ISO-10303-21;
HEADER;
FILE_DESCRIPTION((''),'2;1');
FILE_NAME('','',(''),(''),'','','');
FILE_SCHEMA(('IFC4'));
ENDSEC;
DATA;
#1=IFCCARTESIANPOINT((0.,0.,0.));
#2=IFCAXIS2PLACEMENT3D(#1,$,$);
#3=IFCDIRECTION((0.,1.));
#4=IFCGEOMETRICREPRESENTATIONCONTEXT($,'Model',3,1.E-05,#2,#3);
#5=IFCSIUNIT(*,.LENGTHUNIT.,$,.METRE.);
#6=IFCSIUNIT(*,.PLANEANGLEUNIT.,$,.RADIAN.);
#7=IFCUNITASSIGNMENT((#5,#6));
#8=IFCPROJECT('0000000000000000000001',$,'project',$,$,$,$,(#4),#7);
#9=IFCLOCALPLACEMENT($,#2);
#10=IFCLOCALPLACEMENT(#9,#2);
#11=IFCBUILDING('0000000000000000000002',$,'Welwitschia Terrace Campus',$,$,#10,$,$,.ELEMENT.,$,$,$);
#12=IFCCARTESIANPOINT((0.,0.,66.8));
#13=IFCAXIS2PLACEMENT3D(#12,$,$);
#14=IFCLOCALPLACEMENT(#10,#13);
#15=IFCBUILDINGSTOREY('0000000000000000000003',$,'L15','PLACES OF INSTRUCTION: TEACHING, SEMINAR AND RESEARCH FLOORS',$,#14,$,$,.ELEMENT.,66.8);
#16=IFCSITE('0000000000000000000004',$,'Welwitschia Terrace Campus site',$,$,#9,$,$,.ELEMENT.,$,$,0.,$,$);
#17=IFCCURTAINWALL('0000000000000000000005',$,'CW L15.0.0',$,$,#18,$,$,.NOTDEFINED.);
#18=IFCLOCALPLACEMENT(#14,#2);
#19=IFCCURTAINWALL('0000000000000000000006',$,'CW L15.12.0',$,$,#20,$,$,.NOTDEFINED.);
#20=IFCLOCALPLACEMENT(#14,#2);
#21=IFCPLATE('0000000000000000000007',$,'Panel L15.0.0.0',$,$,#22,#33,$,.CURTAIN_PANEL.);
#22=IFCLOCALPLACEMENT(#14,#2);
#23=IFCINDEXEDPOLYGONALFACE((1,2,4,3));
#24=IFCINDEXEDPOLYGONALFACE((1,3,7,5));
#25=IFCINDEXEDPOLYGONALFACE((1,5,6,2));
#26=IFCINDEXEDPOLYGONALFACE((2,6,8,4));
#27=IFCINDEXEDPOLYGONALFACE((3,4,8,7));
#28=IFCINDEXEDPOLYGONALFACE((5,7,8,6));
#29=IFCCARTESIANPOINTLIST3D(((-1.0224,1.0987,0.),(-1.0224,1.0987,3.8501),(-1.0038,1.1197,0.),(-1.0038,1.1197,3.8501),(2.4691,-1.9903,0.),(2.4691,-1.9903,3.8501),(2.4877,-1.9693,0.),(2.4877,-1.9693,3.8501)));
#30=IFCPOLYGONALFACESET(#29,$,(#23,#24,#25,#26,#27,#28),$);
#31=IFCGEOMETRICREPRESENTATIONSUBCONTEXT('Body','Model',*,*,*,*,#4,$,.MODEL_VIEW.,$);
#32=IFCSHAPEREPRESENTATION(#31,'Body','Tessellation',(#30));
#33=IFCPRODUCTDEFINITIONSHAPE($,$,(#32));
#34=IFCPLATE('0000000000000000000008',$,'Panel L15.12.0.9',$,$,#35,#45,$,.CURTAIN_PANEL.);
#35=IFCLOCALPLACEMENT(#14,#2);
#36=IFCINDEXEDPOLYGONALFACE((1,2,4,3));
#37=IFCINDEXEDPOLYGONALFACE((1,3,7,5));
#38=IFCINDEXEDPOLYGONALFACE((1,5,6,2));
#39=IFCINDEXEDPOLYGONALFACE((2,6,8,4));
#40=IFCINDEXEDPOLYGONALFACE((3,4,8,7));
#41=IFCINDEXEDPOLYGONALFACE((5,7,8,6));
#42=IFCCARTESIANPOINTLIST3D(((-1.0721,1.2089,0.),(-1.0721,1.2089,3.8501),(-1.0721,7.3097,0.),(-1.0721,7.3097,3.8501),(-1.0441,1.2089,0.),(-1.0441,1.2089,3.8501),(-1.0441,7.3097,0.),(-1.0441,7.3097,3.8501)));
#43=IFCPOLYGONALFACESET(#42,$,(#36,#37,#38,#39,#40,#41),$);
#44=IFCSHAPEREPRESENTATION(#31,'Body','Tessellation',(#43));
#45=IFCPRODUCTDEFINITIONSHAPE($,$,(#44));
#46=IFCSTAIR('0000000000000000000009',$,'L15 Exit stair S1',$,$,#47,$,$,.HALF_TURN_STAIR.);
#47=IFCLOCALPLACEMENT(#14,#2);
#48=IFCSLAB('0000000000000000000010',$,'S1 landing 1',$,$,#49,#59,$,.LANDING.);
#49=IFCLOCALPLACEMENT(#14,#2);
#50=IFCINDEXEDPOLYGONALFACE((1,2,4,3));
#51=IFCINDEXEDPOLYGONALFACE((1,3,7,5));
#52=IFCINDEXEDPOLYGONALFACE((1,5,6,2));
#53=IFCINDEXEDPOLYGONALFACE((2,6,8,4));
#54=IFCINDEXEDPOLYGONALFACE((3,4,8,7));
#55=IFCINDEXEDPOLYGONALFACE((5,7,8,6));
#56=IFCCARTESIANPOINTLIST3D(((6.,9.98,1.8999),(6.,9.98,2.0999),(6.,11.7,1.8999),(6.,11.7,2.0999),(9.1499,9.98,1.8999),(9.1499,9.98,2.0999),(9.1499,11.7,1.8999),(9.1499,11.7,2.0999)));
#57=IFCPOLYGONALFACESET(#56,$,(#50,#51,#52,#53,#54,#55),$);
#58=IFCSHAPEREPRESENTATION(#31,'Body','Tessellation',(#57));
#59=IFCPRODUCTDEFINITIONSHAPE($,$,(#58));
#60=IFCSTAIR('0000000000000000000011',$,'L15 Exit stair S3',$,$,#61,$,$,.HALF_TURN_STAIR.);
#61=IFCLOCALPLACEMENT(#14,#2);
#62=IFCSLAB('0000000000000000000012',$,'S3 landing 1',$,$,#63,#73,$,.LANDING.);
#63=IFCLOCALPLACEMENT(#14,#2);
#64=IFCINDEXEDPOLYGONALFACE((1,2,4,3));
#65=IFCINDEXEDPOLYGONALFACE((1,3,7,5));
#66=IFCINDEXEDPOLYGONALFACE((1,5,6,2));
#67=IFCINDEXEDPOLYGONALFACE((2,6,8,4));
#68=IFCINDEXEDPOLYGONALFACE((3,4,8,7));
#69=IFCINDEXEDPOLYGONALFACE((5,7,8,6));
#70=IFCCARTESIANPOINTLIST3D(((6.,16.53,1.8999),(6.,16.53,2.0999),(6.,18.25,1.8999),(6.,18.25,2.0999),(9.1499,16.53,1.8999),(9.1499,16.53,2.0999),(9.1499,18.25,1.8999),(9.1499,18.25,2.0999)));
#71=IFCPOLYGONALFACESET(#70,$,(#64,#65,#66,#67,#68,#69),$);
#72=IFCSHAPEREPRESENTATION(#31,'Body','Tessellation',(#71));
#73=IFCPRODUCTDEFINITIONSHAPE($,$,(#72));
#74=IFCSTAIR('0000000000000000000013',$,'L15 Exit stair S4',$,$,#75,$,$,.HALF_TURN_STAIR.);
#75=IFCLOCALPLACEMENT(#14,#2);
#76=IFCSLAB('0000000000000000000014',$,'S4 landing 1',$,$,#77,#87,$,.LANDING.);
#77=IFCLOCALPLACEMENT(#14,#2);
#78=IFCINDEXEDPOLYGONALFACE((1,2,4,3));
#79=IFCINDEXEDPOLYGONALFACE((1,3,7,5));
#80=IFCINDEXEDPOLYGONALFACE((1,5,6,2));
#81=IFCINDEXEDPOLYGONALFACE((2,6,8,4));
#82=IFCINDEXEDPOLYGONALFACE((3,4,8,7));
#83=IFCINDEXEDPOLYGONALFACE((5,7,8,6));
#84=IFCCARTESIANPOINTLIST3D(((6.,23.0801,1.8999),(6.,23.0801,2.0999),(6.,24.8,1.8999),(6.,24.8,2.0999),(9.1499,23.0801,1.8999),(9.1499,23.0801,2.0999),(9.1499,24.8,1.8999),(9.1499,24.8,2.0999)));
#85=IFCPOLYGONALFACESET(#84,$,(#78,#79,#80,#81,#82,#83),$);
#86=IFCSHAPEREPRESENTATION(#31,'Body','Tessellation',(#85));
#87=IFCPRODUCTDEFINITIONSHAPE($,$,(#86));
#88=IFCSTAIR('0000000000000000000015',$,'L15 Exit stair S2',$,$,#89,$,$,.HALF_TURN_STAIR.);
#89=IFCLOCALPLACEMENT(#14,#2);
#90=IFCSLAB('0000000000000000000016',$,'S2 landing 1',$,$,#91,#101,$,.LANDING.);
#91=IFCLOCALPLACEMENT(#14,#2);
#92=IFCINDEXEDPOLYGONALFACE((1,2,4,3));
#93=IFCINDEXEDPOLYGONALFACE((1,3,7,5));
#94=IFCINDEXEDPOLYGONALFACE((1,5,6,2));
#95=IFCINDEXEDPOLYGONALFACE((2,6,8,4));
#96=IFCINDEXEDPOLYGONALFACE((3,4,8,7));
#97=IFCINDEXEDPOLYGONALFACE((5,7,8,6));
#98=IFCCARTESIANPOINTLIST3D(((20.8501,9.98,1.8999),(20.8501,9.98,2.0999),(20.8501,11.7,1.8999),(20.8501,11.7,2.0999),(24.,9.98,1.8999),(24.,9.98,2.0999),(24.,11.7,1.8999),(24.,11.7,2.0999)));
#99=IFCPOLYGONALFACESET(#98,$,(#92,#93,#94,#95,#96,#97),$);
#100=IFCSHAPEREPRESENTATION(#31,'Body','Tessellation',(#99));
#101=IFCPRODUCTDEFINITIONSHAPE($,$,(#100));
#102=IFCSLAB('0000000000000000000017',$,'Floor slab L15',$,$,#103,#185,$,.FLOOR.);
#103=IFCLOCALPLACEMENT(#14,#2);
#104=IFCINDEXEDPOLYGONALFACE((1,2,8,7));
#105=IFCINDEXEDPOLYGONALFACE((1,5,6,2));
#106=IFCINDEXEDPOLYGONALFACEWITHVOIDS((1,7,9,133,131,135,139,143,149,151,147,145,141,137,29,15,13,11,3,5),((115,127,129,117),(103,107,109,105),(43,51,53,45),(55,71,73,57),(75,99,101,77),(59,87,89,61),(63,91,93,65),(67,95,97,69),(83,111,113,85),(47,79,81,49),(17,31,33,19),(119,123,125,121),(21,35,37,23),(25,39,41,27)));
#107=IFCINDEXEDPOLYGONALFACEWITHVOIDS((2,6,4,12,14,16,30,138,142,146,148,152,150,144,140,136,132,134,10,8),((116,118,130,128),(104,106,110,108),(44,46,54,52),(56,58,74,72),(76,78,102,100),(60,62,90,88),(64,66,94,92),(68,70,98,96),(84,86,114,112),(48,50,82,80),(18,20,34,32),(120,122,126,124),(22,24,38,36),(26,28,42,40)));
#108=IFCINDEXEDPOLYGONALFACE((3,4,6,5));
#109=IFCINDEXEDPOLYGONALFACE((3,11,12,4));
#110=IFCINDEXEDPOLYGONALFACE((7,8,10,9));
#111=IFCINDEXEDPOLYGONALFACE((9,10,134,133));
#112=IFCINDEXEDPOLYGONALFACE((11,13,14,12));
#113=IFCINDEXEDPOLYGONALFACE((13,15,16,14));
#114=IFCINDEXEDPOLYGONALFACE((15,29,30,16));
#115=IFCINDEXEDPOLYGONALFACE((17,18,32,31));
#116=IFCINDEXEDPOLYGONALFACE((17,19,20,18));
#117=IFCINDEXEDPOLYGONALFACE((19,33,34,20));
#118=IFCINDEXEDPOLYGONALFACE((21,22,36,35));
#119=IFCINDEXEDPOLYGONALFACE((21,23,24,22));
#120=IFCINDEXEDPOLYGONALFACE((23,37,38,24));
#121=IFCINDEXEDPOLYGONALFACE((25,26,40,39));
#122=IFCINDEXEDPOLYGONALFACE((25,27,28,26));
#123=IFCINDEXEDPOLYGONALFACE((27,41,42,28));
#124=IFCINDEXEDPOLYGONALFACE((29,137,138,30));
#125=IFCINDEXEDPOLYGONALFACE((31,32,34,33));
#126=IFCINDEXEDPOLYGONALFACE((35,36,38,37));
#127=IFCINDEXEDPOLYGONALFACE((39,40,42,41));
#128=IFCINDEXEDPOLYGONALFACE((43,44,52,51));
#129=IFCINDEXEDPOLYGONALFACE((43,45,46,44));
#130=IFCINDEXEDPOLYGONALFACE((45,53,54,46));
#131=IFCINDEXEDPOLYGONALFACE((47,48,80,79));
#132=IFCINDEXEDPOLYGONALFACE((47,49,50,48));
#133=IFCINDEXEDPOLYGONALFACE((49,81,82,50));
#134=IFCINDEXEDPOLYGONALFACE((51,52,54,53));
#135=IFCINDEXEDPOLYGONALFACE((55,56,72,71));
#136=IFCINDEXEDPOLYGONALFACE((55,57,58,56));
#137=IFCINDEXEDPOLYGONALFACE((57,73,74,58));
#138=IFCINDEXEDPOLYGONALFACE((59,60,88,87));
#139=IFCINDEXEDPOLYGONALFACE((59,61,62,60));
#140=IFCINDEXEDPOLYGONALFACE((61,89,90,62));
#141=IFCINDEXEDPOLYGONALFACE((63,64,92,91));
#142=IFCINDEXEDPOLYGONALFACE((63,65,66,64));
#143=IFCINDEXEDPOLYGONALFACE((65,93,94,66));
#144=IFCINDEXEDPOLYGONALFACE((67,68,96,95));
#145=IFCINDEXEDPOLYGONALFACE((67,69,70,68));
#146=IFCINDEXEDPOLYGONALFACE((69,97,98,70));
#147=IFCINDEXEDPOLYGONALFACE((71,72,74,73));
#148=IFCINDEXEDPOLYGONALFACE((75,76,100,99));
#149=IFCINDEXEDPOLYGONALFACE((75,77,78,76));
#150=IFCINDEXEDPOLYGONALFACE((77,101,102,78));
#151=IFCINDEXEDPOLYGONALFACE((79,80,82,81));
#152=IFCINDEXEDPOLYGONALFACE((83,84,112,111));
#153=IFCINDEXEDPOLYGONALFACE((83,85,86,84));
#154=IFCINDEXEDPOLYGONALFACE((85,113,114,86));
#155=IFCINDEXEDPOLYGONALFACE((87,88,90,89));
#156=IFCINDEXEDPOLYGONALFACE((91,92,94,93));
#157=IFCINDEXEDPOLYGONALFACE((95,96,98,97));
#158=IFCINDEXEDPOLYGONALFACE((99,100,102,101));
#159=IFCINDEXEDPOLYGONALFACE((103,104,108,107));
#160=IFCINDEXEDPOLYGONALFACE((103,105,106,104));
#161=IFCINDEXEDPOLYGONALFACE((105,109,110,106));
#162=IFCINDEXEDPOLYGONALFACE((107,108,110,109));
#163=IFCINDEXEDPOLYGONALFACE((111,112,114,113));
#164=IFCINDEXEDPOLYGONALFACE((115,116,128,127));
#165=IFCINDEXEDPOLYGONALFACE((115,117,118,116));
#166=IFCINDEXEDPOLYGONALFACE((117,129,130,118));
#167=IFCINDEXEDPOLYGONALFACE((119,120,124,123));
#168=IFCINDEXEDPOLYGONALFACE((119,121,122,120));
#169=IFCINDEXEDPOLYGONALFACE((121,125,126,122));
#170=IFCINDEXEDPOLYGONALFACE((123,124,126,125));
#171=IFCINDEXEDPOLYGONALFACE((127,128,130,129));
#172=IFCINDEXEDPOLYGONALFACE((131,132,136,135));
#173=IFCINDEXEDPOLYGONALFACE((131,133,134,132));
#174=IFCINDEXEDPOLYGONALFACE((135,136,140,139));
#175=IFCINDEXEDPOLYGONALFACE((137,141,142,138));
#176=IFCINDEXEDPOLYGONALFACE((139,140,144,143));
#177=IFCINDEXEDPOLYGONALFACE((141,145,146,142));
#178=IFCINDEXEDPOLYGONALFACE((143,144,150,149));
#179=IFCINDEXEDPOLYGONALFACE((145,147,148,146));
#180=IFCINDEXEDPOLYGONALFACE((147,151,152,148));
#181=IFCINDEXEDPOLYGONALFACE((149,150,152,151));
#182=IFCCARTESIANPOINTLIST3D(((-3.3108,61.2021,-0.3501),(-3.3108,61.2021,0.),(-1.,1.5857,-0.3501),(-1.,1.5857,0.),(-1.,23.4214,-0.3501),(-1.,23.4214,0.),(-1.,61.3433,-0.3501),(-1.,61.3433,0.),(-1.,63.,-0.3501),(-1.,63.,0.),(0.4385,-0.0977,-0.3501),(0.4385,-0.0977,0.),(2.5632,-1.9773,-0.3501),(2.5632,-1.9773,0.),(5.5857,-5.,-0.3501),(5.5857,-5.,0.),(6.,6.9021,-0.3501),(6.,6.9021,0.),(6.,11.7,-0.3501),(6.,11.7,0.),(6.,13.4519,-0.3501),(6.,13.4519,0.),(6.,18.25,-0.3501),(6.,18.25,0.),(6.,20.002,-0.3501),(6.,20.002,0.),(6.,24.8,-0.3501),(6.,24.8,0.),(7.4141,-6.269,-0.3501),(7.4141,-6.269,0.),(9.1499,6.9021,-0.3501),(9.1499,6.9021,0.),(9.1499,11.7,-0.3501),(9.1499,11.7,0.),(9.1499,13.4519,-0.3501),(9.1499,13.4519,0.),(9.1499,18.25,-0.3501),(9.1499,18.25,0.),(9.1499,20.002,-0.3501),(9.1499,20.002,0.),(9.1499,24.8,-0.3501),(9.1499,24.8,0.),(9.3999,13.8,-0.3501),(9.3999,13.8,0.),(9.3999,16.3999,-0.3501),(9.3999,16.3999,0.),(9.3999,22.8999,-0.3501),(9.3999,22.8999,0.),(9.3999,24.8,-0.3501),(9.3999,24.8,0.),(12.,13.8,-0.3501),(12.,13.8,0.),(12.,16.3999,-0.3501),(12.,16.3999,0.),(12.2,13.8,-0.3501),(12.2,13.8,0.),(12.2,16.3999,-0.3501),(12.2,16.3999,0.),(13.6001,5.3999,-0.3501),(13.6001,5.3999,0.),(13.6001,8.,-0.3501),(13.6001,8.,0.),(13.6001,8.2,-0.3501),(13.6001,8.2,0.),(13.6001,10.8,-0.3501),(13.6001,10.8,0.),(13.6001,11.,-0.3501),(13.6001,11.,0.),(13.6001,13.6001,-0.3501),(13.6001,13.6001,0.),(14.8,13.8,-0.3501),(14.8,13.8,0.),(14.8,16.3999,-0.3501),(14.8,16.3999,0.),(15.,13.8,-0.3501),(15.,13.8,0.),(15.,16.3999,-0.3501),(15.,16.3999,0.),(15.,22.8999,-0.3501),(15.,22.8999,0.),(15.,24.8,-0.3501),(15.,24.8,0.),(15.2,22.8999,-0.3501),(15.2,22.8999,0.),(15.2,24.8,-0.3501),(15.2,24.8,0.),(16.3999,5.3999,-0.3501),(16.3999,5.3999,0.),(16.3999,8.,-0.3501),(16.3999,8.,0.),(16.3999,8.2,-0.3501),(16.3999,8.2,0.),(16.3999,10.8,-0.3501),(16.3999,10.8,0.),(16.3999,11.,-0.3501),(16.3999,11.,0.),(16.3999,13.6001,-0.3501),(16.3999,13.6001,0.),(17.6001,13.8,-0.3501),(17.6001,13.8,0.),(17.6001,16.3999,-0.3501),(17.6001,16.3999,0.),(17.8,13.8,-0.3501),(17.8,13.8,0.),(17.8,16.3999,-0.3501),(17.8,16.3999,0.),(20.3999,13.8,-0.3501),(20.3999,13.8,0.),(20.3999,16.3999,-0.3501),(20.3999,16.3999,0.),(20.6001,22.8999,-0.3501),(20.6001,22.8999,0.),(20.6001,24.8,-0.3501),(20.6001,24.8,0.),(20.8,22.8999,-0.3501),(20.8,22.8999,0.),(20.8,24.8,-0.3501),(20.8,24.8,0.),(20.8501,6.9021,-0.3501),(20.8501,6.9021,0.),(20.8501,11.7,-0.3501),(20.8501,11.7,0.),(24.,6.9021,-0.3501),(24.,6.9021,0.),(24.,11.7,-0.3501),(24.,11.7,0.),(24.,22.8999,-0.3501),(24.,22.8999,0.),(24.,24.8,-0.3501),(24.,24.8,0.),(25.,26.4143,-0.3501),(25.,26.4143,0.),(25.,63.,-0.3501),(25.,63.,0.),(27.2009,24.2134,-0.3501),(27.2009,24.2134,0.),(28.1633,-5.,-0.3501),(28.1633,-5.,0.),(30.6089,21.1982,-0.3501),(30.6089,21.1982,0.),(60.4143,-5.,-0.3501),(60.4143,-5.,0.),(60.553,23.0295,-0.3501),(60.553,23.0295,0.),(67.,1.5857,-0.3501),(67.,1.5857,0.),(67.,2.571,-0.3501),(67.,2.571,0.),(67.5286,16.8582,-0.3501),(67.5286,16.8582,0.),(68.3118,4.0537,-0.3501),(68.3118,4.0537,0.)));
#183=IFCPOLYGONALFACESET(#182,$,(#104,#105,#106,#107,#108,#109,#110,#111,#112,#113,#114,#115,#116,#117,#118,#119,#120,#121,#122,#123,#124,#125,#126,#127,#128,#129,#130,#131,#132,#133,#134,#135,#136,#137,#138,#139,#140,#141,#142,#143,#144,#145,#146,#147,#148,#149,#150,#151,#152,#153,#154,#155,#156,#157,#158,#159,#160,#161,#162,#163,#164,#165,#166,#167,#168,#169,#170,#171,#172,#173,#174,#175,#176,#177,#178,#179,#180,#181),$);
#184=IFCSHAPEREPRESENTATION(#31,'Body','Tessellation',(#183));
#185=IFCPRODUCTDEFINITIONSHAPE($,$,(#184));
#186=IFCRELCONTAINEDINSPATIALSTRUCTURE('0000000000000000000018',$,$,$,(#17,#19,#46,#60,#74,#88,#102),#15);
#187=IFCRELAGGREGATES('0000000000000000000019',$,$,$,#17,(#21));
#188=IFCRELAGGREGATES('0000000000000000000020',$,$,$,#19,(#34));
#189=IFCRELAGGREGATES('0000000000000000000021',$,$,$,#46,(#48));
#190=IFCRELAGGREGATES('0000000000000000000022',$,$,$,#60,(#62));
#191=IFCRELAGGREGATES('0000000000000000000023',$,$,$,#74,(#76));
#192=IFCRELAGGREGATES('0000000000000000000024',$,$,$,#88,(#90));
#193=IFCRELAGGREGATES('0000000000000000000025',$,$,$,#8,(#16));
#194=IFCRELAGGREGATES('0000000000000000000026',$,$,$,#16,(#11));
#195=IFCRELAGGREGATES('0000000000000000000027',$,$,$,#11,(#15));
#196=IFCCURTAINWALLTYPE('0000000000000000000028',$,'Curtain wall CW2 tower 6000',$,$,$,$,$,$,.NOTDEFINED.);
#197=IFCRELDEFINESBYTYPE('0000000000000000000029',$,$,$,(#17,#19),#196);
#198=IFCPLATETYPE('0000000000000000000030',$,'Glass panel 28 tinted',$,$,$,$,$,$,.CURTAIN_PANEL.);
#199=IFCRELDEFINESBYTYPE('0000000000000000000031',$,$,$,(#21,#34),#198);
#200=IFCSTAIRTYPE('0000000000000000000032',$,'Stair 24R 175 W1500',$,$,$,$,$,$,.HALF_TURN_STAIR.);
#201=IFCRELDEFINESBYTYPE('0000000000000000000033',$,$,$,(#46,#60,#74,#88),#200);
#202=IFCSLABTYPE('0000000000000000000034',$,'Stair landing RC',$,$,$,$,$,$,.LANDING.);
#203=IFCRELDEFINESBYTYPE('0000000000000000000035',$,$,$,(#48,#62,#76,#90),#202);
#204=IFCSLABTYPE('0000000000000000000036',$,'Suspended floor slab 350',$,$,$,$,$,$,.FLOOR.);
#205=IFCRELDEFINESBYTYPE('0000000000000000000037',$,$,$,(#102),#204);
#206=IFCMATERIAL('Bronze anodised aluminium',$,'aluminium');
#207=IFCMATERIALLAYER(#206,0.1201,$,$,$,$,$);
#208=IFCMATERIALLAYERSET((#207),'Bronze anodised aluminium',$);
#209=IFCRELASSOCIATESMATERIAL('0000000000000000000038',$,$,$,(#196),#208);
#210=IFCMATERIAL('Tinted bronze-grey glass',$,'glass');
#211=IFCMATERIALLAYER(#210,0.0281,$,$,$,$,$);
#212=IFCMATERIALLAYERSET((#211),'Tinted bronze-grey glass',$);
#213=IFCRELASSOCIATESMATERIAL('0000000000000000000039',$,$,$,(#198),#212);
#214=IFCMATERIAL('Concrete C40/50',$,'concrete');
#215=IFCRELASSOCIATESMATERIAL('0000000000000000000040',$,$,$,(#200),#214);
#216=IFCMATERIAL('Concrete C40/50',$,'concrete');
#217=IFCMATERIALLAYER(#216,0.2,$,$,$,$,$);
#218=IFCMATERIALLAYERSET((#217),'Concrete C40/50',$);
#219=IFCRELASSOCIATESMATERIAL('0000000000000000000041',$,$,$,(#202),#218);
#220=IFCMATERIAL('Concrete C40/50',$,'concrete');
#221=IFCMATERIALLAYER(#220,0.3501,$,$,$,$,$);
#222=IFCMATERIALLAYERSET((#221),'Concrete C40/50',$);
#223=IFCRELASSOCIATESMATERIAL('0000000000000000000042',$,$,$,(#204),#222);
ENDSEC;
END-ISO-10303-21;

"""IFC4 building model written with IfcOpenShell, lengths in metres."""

from ifc_helpers import new_model, si_unit, direction, frame, origin, origin_2d, place, context, subcontext, project, spatial, polyline, rectangle, outline, extrude, material, layer, layer_set, type_object, element, aggregate, save


model = new_model("IFC4")

# Units and contexts
model_context = context("Model", 3, precision=1e-05, world=origin(), true_north=direction((0.0, 1.0)))
body_context = subcontext(model_context, "Body", "Model", "MODEL_VIEW")
ifc_project = project(units=[si_unit("LENGTHUNIT", "METRE"), si_unit("PLANEANGLEUNIT", "RADIAN")], contexts=[model_context])

# Site, building, storey
site_placement = place(None, origin())
site = spatial("IfcSite", under=ifc_project, at=site_placement, Name="Welwitschia Terrace Campus site", CompositionType="ELEMENT", RefElevation=0.0)
building_placement = place(site_placement, origin())
building = spatial("IfcBuilding", under=site, at=building_placement, Name="Welwitschia Terrace Campus", CompositionType="ELEMENT")
storey_placement = place(building_placement, frame((0.0, 0.0, 66.8)))
storey = spatial("IfcBuildingStorey", under=building, at=storey_placement, Name="L15", Description="PLACES OF INSTRUCTION: TEACHING, SEMINAR AND RESEARCH FLOORS", CompositionType="ELEMENT", Elevation=66.8)

# Curtain wall
ifc_material_1 = material(Name="Bronze anodised aluminium", Category="aluminium")
ifc_layer_1 = layer(ifc_material_1, 0.1201)
ifc_layer_set_1 = layer_set([ifc_layer_1], Name="Bronze anodised aluminium")
curtain_wall_type = type_object("IfcCurtainWallType", Name="Curtain wall CW2 tower 6000", PredefinedType="NOTDEFINED", material=ifc_layer_set_1)
curtain_wall_1_placement = place(storey_placement, origin())
curtain_wall_1 = element("IfcCurtainWall", 1, at=curtain_wall_1_placement, inside=storey, type_object=curtain_wall_type, Name="CW L15.0.0", PredefinedType="NOTDEFINED")

# Curtain wall
curtain_wall_2_placement = place(storey_placement, origin())
curtain_wall_2 = element("IfcCurtainWall", 2, at=curtain_wall_2_placement, inside=storey, type_object=curtain_wall_type, Name="CW L15.12.0", PredefinedType="NOTDEFINED")

# Plates
ifc_material_2 = material(Name="Tinted bronze-grey glass", Category="glass")
ifc_layer_2 = layer(ifc_material_2, 0.0281)
ifc_layer_set_2 = layer_set([ifc_layer_2], Name="Tinted bronze-grey glass")
plate_type = type_object("IfcPlateType", Name="Glass panel 28 tinted", PredefinedType="CURTAIN_PANEL", material=ifc_layer_set_2)
plate_1_placement = place(storey_placement, frame((0.7327, -0.4353, 0.0), z_axis=(0.0, 0.0, 1.0), x_axis=(0.748956, -0.66262, 0.0)))
plate_1 = element("IfcPlate", 3, at=plate_1_placement, type_object=plate_type, Name="Panel L15.0.0.0", PredefinedType="CURTAIN_PANEL", context=body_context, shape_type="SweptSolid", body=[
    extrude(rectangle(XDim=4.6619, YDim=0.0281, at=origin_2d()), origin(), (0.0, 0.0, 1.0), 3.8501),
])
aggregate(curtain_wall_1, [plate_1])
plate_2_placement = place(storey_placement, frame((-1.0581, 4.2593, 0.0), z_axis=(0.0, 0.0, 1.0), x_axis=(0.0, -1.0, 0.0)))
plate_2 = element("IfcPlate", 4, at=plate_2_placement, type_object=plate_type, Name="Panel L15.12.0.9", PredefinedType="CURTAIN_PANEL", context=body_context, shape_type="SweptSolid", body=[
    extrude(rectangle(XDim=6.1008, YDim=0.0281, at=origin_2d()), origin(), (0.0, 0.0, 1.0), 3.8501),
])
aggregate(curtain_wall_2, [plate_2])

# Stairs, slabs
ifc_material_3 = material(Name="Concrete C40/50", Category="concrete")
stair_type = type_object("IfcStairType", Name="Stair 24R 175 W1500", PredefinedType="HALF_TURN_STAIR", material=ifc_material_3)
stair_1_placement = place(storey_placement, origin())
stair_1 = element("IfcStair", 5, at=stair_1_placement, inside=storey, type_object=stair_type, Name="L15 Exit stair S1", PredefinedType="HALF_TURN_STAIR")
ifc_material_4 = material(Name="Concrete C40/50", Category="concrete")
ifc_layer_3 = layer(ifc_material_4, 0.2)
ifc_layer_set_3 = layer_set([ifc_layer_3], Name="Concrete C40/50")
slab_type_1 = type_object("IfcSlabType", Name="Stair landing RC", PredefinedType="LANDING", material=ifc_layer_set_3)
slab_1_placement = place(storey_placement, frame((0.0, 0.0, 1.8999)))
slab_1 = element("IfcSlab", 6, at=slab_1_placement, type_object=slab_type_1, Name="S1 landing 1", PredefinedType="LANDING", context=body_context, shape_type="SweptSolid", body=[
    extrude(outline(polyline([(9.1499, 9.98), (9.1499, 11.7), (6.0, 11.7), (6.0, 9.98), (9.1499, 9.98)])), origin(), (0.0, 0.0, 1.0), 0.2),
])
aggregate(stair_1, [slab_1])
stair_2_placement = place(storey_placement, origin())
stair_2 = element("IfcStair", 7, at=stair_2_placement, inside=storey, type_object=stair_type, Name="L15 Exit stair S3", PredefinedType="HALF_TURN_STAIR")
slab_2_placement = place(storey_placement, frame((0.0, 0.0, 1.8999)))
slab_2 = element("IfcSlab", 8, at=slab_2_placement, type_object=slab_type_1, Name="S3 landing 1", PredefinedType="LANDING", context=body_context, shape_type="SweptSolid", body=[
    extrude(outline(polyline([(9.1499, 16.53), (9.1499, 18.25), (6.0, 18.25), (6.0, 16.53), (9.1499, 16.53)])), origin(), (0.0, 0.0, 1.0), 0.2),
])
aggregate(stair_2, [slab_2])
stair_3_placement = place(storey_placement, origin())
stair_3 = element("IfcStair", 9, at=stair_3_placement, inside=storey, type_object=stair_type, Name="L15 Exit stair S4", PredefinedType="HALF_TURN_STAIR")
slab_3_placement = place(storey_placement, frame((0.0, 0.0, 1.8999)))
slab_3 = element("IfcSlab", 10, at=slab_3_placement, type_object=slab_type_1, Name="S4 landing 1", PredefinedType="LANDING", context=body_context, shape_type="SweptSolid", body=[
    extrude(outline(polyline([(9.1499, 23.0801), (9.1499, 24.8), (6.0, 24.8), (6.0, 23.0801), (9.1499, 23.0801)])), origin(), (0.0, 0.0, 1.0), 0.2),
])
aggregate(stair_3, [slab_3])
stair_4_placement = place(storey_placement, origin())
stair_4 = element("IfcStair", 11, at=stair_4_placement, inside=storey, type_object=stair_type, Name="L15 Exit stair S2", PredefinedType="HALF_TURN_STAIR")
slab_4_placement = place(storey_placement, frame((0.0, 0.0, 1.8999)))
slab_4 = element("IfcSlab", 12, at=slab_4_placement, type_object=slab_type_1, Name="S2 landing 1", PredefinedType="LANDING", context=body_context, shape_type="SweptSolid", body=[
    extrude(outline(polyline([(24.0, 9.98), (24.0, 11.7), (20.8501, 11.7), (20.8501, 9.98), (24.0, 9.98)])), origin(), (0.0, 0.0, 1.0), 0.2),
])
aggregate(stair_4, [slab_4])

# Slab
ifc_material_5 = material(Name="Concrete C40/50", Category="concrete")
ifc_layer_4 = layer(ifc_material_5, 0.3501)
ifc_layer_set_4 = layer_set([ifc_layer_4], Name="Concrete C40/50")
slab_type_2 = type_object("IfcSlabType", Name="Suspended floor slab 350", PredefinedType="FLOOR", material=ifc_layer_set_4)
slab_5_placement = place(storey_placement, frame((0.0, 0.0, -0.3501)))
element("IfcSlab", 13, at=slab_5_placement, inside=storey, type_object=slab_type_2, Name="Floor slab L15", PredefinedType="FLOOR", context=body_context, shape_type="SweptSolid", body=[
    extrude(outline(polyline([(-1.0, 23.4214), (-3.3108, 61.2021), (-1.0, 61.3433), (-1.0, 63.0), (25.0, 63.0), (25.0, 26.4143), (27.2009, 24.2134), (30.6089, 21.1982), (60.553, 23.0295), (67.5286, 16.8582), (68.3118, 4.0537), (67.0, 2.571), (67.0, 1.5857), (60.4143, -5.0), (28.1633, -5.0), (7.4141, -6.269), (5.5857, -5.0), (2.5632, -1.9773), (0.4385, -0.0977), (-1.0, 1.5857), (-1.0, 23.4214)]), holes=[polyline([(13.6001, 8.0), (13.6001, 5.3999), (16.3999, 5.3999), (16.3999, 8.0), (13.6001, 8.0)]), polyline([(9.1499, 11.7), (6.0, 11.7), (6.0, 6.9021), (9.1499, 6.9021), (9.1499, 11.7)]), polyline([(12.0, 16.3999), (9.3999, 16.3999), (9.3999, 13.8), (12.0, 13.8), (12.0, 16.3999)]), polyline([(14.8, 16.3999), (12.2, 16.3999), (12.2, 13.8), (14.8, 13.8), (14.8, 16.3999)]), polyline([(9.1499, 18.25), (6.0, 18.25), (6.0, 13.4519), (9.1499, 13.4519), (9.1499, 18.25)]), polyline([(9.1499, 24.8), (6.0, 24.8), (6.0, 20.002), (9.1499, 20.002), (9.1499, 24.8)]), polyline([(15.0, 24.8), (9.3999, 24.8), (9.3999, 22.8999), (15.0, 22.8999), (15.0, 24.8)]), polyline([(20.8501, 11.7), (20.8501, 6.9021), (24.0, 6.9021), (24.0, 11.7), (20.8501, 11.7)]), polyline([(16.3999, 10.8), (13.6001, 10.8), (13.6001, 8.2), (16.3999, 8.2), (16.3999, 10.8)]), polyline([(16.3999, 13.6001), (13.6001, 13.6001), (13.6001, 11.0), (16.3999, 11.0), (16.3999, 13.6001)]), polyline([(17.6001, 16.3999), (15.0, 16.3999), (15.0, 13.8), (17.6001, 13.8), (17.6001, 16.3999)]), polyline([(20.3999, 16.3999), (17.8, 16.3999), (17.8, 13.8), (20.3999, 13.8), (20.3999, 16.3999)]), polyline([(20.6001, 24.8), (15.2, 24.8), (15.2, 22.8999), (20.6001, 22.8999), (20.6001, 24.8)]), polyline([(24.0, 24.8), (20.8, 24.8), (20.8, 22.8999), (24.0, 22.8999), (24.0, 24.8)])]), origin(), (0.0, 0.0, 1.0), 0.3501),
])

save(model, "model.ifc")
